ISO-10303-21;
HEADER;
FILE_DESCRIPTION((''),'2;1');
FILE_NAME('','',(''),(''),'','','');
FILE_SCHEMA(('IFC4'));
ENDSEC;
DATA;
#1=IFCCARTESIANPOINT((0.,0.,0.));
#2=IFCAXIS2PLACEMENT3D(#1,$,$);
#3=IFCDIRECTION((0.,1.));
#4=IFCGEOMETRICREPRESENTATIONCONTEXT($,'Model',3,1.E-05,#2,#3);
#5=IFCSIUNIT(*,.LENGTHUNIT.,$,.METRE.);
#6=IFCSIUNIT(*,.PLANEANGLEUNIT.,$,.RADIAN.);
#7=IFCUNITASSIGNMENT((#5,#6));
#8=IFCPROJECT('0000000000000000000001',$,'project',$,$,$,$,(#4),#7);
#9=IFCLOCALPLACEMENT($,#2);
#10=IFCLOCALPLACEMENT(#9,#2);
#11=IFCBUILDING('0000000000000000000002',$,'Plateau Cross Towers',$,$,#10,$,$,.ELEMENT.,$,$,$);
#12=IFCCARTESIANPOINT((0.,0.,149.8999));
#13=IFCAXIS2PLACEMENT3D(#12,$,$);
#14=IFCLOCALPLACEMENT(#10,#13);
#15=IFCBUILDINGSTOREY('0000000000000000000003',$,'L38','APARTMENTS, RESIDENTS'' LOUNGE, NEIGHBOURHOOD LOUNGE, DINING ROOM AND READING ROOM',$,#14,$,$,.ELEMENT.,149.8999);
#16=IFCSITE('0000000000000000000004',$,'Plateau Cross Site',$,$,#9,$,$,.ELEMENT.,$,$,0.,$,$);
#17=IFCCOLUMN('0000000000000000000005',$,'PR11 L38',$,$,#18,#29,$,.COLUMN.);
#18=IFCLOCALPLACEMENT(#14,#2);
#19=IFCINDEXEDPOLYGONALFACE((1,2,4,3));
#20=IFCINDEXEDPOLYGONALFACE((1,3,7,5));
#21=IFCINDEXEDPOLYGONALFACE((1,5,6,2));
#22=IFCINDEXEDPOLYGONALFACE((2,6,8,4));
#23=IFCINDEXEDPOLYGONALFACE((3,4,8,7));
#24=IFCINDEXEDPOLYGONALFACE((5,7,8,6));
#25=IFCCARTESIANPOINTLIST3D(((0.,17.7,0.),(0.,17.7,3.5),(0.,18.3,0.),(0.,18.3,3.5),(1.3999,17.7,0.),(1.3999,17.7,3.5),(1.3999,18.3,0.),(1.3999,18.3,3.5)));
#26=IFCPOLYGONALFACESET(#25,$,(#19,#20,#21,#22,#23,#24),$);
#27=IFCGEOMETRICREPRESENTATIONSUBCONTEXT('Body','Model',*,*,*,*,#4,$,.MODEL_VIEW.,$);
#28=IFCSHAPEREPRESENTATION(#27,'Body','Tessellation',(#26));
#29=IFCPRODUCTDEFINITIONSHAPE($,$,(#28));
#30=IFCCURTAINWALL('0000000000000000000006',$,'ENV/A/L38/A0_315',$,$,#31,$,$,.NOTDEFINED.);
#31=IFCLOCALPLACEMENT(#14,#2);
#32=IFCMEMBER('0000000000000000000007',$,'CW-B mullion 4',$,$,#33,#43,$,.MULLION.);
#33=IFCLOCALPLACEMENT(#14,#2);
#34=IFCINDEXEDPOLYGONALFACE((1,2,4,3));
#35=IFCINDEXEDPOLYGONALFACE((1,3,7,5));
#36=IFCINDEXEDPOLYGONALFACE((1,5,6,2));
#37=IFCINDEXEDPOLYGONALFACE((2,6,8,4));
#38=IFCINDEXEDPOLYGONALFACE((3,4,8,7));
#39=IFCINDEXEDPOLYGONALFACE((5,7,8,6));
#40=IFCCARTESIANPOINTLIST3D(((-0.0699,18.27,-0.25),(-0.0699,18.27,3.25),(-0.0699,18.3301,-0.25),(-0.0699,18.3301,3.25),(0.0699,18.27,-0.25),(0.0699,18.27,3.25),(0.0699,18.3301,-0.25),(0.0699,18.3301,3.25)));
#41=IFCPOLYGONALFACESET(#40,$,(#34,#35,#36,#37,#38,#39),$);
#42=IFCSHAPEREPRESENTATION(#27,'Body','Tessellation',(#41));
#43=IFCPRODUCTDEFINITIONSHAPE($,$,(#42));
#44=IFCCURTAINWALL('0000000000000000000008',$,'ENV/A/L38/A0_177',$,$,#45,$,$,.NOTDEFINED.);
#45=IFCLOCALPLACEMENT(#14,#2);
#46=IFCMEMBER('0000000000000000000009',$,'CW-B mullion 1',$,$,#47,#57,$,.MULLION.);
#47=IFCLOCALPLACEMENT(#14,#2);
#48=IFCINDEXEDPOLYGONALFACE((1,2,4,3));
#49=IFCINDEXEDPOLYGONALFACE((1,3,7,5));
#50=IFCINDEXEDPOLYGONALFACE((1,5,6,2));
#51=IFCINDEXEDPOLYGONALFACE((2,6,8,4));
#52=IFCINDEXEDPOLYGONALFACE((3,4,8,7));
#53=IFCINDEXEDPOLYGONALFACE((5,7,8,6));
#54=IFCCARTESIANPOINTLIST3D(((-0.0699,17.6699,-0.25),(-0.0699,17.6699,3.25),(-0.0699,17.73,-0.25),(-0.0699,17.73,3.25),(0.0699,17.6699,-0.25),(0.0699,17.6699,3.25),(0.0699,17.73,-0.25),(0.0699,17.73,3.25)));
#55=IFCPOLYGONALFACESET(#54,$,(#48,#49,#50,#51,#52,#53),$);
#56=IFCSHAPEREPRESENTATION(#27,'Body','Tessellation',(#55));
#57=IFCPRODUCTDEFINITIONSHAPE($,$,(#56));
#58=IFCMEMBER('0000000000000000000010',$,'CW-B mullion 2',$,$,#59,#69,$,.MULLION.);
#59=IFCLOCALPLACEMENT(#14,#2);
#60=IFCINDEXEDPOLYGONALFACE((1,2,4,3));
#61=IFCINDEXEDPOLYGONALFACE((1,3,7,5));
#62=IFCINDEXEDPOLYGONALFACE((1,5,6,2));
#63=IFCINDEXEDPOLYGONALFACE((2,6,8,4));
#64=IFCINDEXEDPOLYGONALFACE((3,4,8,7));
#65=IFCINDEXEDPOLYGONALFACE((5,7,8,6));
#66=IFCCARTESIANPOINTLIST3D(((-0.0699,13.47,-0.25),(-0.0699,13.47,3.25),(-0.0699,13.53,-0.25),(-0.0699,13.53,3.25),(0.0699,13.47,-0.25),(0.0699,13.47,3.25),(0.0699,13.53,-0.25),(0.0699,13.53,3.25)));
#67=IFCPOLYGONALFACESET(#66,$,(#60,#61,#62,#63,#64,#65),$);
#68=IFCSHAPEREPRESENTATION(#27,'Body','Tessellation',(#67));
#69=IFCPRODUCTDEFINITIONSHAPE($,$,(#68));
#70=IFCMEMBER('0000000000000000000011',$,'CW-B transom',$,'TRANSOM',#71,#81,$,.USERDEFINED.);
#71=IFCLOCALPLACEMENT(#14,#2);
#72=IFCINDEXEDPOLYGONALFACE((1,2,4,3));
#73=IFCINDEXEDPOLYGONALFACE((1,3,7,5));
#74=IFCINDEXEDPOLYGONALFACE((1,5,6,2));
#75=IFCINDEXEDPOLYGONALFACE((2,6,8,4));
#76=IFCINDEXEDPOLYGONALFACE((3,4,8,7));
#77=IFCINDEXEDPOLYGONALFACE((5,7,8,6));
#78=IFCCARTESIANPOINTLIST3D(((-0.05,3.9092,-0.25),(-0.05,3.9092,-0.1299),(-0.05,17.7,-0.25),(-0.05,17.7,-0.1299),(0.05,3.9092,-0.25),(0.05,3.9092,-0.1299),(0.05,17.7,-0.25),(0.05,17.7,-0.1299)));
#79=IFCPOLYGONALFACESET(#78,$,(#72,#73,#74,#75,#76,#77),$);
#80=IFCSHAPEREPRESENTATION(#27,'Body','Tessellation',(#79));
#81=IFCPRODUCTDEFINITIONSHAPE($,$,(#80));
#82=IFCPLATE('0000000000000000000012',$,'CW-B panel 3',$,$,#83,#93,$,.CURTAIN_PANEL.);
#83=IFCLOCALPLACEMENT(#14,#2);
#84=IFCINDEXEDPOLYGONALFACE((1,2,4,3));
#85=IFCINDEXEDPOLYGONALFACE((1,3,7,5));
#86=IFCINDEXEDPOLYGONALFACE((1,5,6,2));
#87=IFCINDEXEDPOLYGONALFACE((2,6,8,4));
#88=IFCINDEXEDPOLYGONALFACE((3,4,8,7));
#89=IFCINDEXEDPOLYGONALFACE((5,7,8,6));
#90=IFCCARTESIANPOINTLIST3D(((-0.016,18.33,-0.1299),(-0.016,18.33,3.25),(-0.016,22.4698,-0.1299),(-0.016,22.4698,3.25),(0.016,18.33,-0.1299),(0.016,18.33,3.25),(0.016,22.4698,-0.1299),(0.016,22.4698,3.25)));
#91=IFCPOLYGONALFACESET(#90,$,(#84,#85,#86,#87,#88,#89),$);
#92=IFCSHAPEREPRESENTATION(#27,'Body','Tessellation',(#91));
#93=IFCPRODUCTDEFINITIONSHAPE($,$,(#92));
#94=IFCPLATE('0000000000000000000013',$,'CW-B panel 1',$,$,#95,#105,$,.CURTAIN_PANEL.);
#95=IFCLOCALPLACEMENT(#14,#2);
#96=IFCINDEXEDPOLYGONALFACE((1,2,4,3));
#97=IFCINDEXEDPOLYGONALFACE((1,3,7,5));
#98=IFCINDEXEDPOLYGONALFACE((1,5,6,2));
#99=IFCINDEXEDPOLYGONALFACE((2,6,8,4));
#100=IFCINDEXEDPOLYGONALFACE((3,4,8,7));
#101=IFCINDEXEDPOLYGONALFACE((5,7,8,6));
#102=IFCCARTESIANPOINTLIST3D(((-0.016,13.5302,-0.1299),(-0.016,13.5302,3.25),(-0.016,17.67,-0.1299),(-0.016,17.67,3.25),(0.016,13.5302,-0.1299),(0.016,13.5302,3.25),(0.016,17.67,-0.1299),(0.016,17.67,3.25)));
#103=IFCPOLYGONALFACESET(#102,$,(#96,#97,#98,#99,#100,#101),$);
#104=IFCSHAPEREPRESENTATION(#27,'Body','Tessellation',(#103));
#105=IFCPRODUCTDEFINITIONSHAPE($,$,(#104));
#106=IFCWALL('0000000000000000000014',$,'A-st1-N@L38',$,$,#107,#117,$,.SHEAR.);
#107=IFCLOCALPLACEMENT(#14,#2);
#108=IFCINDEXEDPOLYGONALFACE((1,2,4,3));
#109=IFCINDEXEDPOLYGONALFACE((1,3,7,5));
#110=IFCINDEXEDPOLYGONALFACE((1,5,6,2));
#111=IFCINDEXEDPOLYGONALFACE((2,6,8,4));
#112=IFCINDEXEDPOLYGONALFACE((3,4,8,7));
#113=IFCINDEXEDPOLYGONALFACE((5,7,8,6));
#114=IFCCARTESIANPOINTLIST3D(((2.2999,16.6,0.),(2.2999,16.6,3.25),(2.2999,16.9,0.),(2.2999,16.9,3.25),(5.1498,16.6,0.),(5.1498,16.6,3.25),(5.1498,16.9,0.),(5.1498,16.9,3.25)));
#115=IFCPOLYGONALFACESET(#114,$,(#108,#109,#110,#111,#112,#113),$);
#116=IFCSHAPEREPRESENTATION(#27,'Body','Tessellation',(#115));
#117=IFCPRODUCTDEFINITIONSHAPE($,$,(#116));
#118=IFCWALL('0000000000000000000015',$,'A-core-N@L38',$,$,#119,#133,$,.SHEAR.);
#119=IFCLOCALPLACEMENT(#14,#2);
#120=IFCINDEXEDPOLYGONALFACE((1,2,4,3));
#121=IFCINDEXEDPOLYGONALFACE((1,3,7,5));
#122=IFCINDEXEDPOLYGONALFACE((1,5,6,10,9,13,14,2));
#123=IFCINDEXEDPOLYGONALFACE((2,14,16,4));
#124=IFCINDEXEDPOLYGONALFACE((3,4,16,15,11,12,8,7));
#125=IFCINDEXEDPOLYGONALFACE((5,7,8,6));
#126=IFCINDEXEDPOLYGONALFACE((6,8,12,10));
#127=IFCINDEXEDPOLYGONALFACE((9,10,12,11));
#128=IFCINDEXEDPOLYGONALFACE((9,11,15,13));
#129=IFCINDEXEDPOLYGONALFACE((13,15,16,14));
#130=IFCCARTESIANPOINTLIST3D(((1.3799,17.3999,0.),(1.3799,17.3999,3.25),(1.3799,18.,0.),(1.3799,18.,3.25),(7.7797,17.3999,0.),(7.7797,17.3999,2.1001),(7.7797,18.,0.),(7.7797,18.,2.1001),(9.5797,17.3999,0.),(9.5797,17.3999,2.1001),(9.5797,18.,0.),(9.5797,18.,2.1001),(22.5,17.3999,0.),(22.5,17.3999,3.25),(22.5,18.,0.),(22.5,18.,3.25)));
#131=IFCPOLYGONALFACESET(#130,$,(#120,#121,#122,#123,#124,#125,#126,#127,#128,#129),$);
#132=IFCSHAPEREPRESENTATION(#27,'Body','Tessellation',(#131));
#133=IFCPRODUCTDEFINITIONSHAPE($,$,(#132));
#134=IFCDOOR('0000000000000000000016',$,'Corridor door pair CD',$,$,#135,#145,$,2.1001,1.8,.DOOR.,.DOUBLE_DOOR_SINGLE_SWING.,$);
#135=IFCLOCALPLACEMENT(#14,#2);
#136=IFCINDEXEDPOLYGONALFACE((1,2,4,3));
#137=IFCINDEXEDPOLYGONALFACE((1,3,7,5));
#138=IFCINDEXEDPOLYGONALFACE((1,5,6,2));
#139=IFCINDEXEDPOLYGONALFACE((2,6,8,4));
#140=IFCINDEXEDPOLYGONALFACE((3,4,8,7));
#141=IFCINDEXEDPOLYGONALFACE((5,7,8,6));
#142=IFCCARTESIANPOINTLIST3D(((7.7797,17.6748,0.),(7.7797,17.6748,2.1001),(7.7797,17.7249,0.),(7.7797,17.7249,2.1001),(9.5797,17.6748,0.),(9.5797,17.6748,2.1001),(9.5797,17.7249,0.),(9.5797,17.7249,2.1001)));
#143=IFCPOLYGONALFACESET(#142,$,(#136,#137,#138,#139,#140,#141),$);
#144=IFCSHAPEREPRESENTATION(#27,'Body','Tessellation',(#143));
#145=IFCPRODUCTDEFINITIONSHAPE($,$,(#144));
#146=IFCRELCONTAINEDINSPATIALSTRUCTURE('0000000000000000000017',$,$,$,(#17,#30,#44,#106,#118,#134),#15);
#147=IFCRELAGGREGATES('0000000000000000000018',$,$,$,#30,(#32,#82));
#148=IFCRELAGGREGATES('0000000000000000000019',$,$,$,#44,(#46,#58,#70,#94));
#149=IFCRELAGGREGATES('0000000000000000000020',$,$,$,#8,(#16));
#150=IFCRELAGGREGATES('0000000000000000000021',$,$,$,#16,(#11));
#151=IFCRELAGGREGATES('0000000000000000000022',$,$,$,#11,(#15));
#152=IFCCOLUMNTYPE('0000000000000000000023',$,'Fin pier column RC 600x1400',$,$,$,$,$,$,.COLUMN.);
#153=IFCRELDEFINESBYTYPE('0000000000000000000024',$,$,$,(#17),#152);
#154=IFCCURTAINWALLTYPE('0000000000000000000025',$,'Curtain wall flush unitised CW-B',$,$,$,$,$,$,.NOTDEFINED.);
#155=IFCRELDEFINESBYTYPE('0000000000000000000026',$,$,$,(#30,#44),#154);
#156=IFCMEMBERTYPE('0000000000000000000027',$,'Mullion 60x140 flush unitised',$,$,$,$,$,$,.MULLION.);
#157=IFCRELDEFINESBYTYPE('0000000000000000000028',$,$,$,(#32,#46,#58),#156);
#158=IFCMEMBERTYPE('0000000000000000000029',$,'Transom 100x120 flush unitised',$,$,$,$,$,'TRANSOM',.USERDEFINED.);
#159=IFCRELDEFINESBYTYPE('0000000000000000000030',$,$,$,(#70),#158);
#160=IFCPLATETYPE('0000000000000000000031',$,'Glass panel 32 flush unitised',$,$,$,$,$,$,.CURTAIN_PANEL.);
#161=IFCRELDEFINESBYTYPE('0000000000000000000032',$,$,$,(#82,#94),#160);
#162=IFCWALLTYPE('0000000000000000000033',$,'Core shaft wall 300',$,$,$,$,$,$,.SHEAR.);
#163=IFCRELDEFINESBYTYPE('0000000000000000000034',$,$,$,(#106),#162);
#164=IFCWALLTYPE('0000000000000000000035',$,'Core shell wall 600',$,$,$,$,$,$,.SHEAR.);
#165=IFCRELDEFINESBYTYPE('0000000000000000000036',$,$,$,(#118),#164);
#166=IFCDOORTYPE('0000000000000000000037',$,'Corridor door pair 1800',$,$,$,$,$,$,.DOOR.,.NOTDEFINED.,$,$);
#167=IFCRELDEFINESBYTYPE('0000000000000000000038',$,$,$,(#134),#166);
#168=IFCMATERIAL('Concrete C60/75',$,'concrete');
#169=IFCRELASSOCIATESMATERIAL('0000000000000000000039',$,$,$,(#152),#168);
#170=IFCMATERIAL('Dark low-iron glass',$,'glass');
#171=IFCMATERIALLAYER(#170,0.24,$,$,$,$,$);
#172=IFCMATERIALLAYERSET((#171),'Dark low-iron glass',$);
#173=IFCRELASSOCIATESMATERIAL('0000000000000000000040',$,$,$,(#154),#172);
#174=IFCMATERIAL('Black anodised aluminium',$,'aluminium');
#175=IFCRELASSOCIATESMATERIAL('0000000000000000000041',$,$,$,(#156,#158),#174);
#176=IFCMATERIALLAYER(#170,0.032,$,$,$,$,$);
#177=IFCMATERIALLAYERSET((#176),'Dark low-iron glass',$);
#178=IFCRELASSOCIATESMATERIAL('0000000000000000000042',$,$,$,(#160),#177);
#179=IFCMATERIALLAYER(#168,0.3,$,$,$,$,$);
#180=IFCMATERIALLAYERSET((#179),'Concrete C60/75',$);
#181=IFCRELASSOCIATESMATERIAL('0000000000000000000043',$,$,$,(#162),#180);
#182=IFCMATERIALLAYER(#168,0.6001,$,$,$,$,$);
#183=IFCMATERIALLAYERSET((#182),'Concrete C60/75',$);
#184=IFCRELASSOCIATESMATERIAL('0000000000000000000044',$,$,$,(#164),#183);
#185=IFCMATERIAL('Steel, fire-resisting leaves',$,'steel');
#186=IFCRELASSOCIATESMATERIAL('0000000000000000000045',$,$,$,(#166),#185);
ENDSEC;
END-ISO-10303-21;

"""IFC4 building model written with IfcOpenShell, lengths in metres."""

from ifc_helpers import new_model, si_unit, direction, frame, frame_2d, origin, origin_2d, place, context, subcontext, project, spatial, rectangle, extrude, material, layer, layer_set, material_profile, profile_set, type_object, element, fill, aggregate, save


model = new_model("IFC4")

# Units and contexts
model_context = context("Model", 3, precision=1e-05, world=origin(), true_north=direction((0.0, 1.0)))
body_context = subcontext(model_context, "Body", "Model", "MODEL_VIEW")
ifc_project = project(units=[si_unit("LENGTHUNIT", "METRE"), si_unit("PLANEANGLEUNIT", "RADIAN")], contexts=[model_context])

# Site, building, storey
site_placement = place(None, origin())
site = spatial("IfcSite", under=ifc_project, at=site_placement, Name="Plateau Cross Site", CompositionType="ELEMENT", RefElevation=0.0)
building_placement = place(site_placement, origin())
building = spatial("IfcBuilding", under=site, at=building_placement, Name="Plateau Cross Towers", CompositionType="ELEMENT")
storey_placement = place(building_placement, frame((0.0, 0.0, 149.8999)))
storey = spatial("IfcBuildingStorey", under=building, at=storey_placement, Name="L38", Description="APARTMENTS, RESIDENTS' LOUNGE, NEIGHBOURHOOD LOUNGE, DINING ROOM AND READING ROOM", CompositionType="ELEMENT", Elevation=149.8999)

# Column
ifc_material_1 = material(Name="Concrete C60/75", Category="concrete")
ifc_material_profile_1 = material_profile(ifc_material_1, rectangle(XDim=0.6001, YDim=1.3999, at=origin_2d()), Name="RC 600x1400")
ifc_profile_set_1 = profile_set([ifc_material_profile_1], Name="Concrete C60/75")
column_type = type_object("IfcColumnType", Name="Fin pier column RC 600x1400", PredefinedType="COLUMN", material=ifc_profile_set_1)
column_placement = place(storey_placement, frame((0.7, 18.0, 0.0), z_axis=(0.0, 0.0, 1.0), x_axis=(0.0, 1.0, 0.0)))
element("IfcColumn", 1, at=column_placement, inside=storey, type_object=column_type, Name="PR11 L38", PredefinedType="COLUMN", context=body_context, shape_type="SweptSolid", body=[
    extrude(rectangle(XDim=0.6001, YDim=1.3999, at=origin_2d()), origin(), (0.0, 0.0, 1.0), 3.5),
])

# Curtain wall, member
ifc_material_2 = material(Name="Dark low-iron glass", Category="glass")
ifc_layer_1 = layer(ifc_material_2, 0.24)
ifc_layer_set_1 = layer_set([ifc_layer_1], Name="Dark low-iron glass")
curtain_wall_type = type_object("IfcCurtainWallType", Name="Curtain wall flush unitised CW-B", PredefinedType="NOTDEFINED", material=ifc_layer_set_1)
curtain_wall_1_placement = place(storey_placement, origin())
curtain_wall_1 = element("IfcCurtainWall", 2, at=curtain_wall_1_placement, inside=storey, type_object=curtain_wall_type, Name="ENV/A/L38/A0_315", PredefinedType="NOTDEFINED")
ifc_material_3 = material(Name="Black anodised aluminium", Category="aluminium")
ifc_material_profile_2 = material_profile(ifc_material_3, rectangle(XDim=0.0601, YDim=0.1399, at=origin_2d()), Name="MULLION 60x140")
ifc_profile_set_2 = profile_set([ifc_material_profile_2], Name="Black anodised aluminium")
member_type_1 = type_object("IfcMemberType", Name="Mullion 60x140 flush unitised", PredefinedType="MULLION", material=ifc_profile_set_2)
member_1_placement = place(storey_placement, frame((0.0, 18.3, -0.25), z_axis=(0.0, 0.0, 1.0), x_axis=(0.0, -1.0, 0.0)))
member_1 = element("IfcMember", 3, at=member_1_placement, type_object=member_type_1, Name="CW-B mullion 4", PredefinedType="MULLION", context=body_context, shape_type="SweptSolid", body=[
    extrude(rectangle(XDim=0.0601, YDim=0.1399, at=origin_2d()), origin(), (0.0, 0.0, 1.0), 3.5),
])

# Curtain wall, members
curtain_wall_2_placement = place(storey_placement, origin())
curtain_wall_2 = element("IfcCurtainWall", 4, at=curtain_wall_2_placement, inside=storey, type_object=curtain_wall_type, Name="ENV/A/L38/A0_177", PredefinedType="NOTDEFINED")
member_2_placement = place(storey_placement, frame((0.0, 17.7, -0.25), z_axis=(0.0, 0.0, 1.0), x_axis=(0.0, -1.0, 0.0)))
member_2 = element("IfcMember", 5, at=member_2_placement, type_object=member_type_1, Name="CW-B mullion 1", PredefinedType="MULLION", context=body_context, shape_type="SweptSolid", body=[
    extrude(rectangle(XDim=0.0601, YDim=0.1399, at=origin_2d()), origin(), (0.0, 0.0, 1.0), 3.5),
])
member_3_placement = place(storey_placement, frame((0.0, 13.5, -0.25), z_axis=(0.0, 0.0, 1.0), x_axis=(0.0, -1.0, 0.0)))
member_3 = element("IfcMember", 6, at=member_3_placement, type_object=member_type_1, Name="CW-B mullion 2", PredefinedType="MULLION", context=body_context, shape_type="SweptSolid", body=[
    extrude(rectangle(XDim=0.0601, YDim=0.1399, at=origin_2d()), origin(), (0.0, 0.0, 1.0), 3.5),
])
ifc_material_profile_3 = material_profile(ifc_material_3, rectangle(XDim=0.1001, YDim=0.1201, at=origin_2d()), Name="TRANSOM 100x120")
ifc_profile_set_3 = profile_set([ifc_material_profile_3], Name="Black anodised aluminium")
member_type_2 = type_object("IfcMemberType", Name="Transom 100x120 flush unitised", ElementType="TRANSOM", PredefinedType="USERDEFINED", material=ifc_profile_set_3)
member_4_placement = place(storey_placement, frame((0.0, 17.7, -0.1899), z_axis=(0.0, -1.0, 0.0), x_axis=(1.0, 0.0, 0.0)))
member_4 = element("IfcMember", 7, at=member_4_placement, type_object=member_type_2, Name="CW-B transom", ObjectType="TRANSOM", PredefinedType="USERDEFINED", context=body_context, shape_type="SweptSolid", body=[
    extrude(rectangle(XDim=0.1001, YDim=0.1201, at=origin_2d()), origin(), (0.0, 0.0, 1.0), 13.7908),
])

# Plates
ifc_layer_2 = layer(ifc_material_2, 0.032)
ifc_layer_set_2 = layer_set([ifc_layer_2], Name="Dark low-iron glass")
plate_type = type_object("IfcPlateType", Name="Glass panel 32 flush unitised", PredefinedType="CURTAIN_PANEL", material=ifc_layer_set_2)
plate_1_placement = place(storey_placement, frame((0.0, 20.3999, -0.1299), z_axis=(0.0, 0.0, 1.0), x_axis=(0.0, -1.0, 0.0)))
plate_1 = element("IfcPlate", 8, at=plate_1_placement, type_object=plate_type, Name="CW-B panel 3", PredefinedType="CURTAIN_PANEL", context=body_context, shape_type="SweptSolid", body=[
    extrude(rectangle(XDim=4.1399, YDim=0.032, at=origin_2d()), origin(), (0.0, 0.0, 1.0), 3.3799),
])
aggregate(curtain_wall_1, [member_1, plate_1])
plate_2_placement = place(storey_placement, frame((0.0, 15.6001, -0.1299), z_axis=(0.0, 0.0, 1.0), x_axis=(0.0, -1.0, 0.0)))
plate_2 = element("IfcPlate", 9, at=plate_2_placement, type_object=plate_type, Name="CW-B panel 1", PredefinedType="CURTAIN_PANEL", context=body_context, shape_type="SweptSolid", body=[
    extrude(rectangle(XDim=4.1399, YDim=0.032, at=origin_2d()), origin(), (0.0, 0.0, 1.0), 3.3799),
])
aggregate(curtain_wall_2, [member_2, member_3, member_4, plate_2])

# Wall
ifc_layer_3 = layer(ifc_material_1, 0.3)
ifc_layer_set_3 = layer_set([ifc_layer_3], Name="Concrete C60/75")
wall_type_1 = type_object("IfcWallType", Name="Core shaft wall 300", PredefinedType="SHEAR", material=ifc_layer_set_3)
wall_1_placement = place(storey_placement, frame((2.3, 16.75, 0.0), z_axis=(0.0, 0.0, 1.0), x_axis=(1.0, 0.0, 0.0)))
element("IfcWall", 10, at=wall_1_placement, inside=storey, type_object=wall_type_1, Name="A-st1-N@L38", PredefinedType="SHEAR", context=body_context, shape_type="SweptSolid", body=[
    extrude(rectangle(XDim=2.8499, YDim=0.3, at=frame_2d((1.4248, 0.0))), origin(), (0.0, 0.0, 1.0), 3.25),
])

# Wall, opening, door
ifc_layer_4 = layer(ifc_material_1, 0.6001)
ifc_layer_set_4 = layer_set([ifc_layer_4], Name="Concrete C60/75")
wall_type_2 = type_object("IfcWallType", Name="Core shell wall 600", PredefinedType="SHEAR", material=ifc_layer_set_4)
wall_2_placement = place(storey_placement, frame((1.3799, 17.7, 0.0), z_axis=(0.0, 0.0, 1.0), x_axis=(1.0, 0.0, 0.0)))
wall_2 = element("IfcWall", 11, at=wall_2_placement, inside=storey, type_object=wall_type_2, Name="A-core-N@L38", PredefinedType="SHEAR", context=body_context, shape_type="SweptSolid", body=[
    extrude(rectangle(XDim=21.1201, YDim=0.6001, at=frame_2d((10.5601, 0.0))), origin(), (0.0, 0.0, 1.0), 3.25),
])
opening_placement = place(wall_2_placement, frame((6.3999, 0.0, 0.0)))
opening = element("IfcOpeningElement", 12, at=opening_placement, cuts=wall_2, PredefinedType="OPENING", context=body_context, shape_type="SweptSolid", body=[
    extrude(rectangle(XDim=1.8, YDim=2.1001, at=frame_2d((0.8999, 1.05))), frame((0.0, 0.3101, 0.0), z_axis=(0.0, -1.0, 0.0), x_axis=(1.0, 0.0, 0.0)), (0.0, 0.0, 1.0), 0.6201),
])
ifc_material_4 = material(Name="Steel, fire-resisting leaves", Category="steel")
door_type = type_object("IfcDoorType", Name="Corridor door pair 1800", OperationType="NOTDEFINED", PredefinedType="DOOR", material=ifc_material_4)
door_placement = place(opening_placement, origin())
door = element("IfcDoor", 13, at=door_placement, inside=storey, type_object=door_type, Name="Corridor door pair CD", OperationType="DOUBLE_DOOR_SINGLE_SWING", OverallHeight=2.1001, OverallWidth=1.8, PredefinedType="DOOR", context=body_context, shape_type="SweptSolid", body=[
    extrude(rectangle(XDim=1.8, YDim=2.1001, at=frame_2d((0.8999, 1.05))), frame((0.0, 0.0249, 0.0), z_axis=(0.0, -1.0, 0.0), x_axis=(1.0, 0.0, 0.0)), (0.0, 0.0, 1.0), 0.05),
])
fill(opening, door)

save(model, "model.ifc")
